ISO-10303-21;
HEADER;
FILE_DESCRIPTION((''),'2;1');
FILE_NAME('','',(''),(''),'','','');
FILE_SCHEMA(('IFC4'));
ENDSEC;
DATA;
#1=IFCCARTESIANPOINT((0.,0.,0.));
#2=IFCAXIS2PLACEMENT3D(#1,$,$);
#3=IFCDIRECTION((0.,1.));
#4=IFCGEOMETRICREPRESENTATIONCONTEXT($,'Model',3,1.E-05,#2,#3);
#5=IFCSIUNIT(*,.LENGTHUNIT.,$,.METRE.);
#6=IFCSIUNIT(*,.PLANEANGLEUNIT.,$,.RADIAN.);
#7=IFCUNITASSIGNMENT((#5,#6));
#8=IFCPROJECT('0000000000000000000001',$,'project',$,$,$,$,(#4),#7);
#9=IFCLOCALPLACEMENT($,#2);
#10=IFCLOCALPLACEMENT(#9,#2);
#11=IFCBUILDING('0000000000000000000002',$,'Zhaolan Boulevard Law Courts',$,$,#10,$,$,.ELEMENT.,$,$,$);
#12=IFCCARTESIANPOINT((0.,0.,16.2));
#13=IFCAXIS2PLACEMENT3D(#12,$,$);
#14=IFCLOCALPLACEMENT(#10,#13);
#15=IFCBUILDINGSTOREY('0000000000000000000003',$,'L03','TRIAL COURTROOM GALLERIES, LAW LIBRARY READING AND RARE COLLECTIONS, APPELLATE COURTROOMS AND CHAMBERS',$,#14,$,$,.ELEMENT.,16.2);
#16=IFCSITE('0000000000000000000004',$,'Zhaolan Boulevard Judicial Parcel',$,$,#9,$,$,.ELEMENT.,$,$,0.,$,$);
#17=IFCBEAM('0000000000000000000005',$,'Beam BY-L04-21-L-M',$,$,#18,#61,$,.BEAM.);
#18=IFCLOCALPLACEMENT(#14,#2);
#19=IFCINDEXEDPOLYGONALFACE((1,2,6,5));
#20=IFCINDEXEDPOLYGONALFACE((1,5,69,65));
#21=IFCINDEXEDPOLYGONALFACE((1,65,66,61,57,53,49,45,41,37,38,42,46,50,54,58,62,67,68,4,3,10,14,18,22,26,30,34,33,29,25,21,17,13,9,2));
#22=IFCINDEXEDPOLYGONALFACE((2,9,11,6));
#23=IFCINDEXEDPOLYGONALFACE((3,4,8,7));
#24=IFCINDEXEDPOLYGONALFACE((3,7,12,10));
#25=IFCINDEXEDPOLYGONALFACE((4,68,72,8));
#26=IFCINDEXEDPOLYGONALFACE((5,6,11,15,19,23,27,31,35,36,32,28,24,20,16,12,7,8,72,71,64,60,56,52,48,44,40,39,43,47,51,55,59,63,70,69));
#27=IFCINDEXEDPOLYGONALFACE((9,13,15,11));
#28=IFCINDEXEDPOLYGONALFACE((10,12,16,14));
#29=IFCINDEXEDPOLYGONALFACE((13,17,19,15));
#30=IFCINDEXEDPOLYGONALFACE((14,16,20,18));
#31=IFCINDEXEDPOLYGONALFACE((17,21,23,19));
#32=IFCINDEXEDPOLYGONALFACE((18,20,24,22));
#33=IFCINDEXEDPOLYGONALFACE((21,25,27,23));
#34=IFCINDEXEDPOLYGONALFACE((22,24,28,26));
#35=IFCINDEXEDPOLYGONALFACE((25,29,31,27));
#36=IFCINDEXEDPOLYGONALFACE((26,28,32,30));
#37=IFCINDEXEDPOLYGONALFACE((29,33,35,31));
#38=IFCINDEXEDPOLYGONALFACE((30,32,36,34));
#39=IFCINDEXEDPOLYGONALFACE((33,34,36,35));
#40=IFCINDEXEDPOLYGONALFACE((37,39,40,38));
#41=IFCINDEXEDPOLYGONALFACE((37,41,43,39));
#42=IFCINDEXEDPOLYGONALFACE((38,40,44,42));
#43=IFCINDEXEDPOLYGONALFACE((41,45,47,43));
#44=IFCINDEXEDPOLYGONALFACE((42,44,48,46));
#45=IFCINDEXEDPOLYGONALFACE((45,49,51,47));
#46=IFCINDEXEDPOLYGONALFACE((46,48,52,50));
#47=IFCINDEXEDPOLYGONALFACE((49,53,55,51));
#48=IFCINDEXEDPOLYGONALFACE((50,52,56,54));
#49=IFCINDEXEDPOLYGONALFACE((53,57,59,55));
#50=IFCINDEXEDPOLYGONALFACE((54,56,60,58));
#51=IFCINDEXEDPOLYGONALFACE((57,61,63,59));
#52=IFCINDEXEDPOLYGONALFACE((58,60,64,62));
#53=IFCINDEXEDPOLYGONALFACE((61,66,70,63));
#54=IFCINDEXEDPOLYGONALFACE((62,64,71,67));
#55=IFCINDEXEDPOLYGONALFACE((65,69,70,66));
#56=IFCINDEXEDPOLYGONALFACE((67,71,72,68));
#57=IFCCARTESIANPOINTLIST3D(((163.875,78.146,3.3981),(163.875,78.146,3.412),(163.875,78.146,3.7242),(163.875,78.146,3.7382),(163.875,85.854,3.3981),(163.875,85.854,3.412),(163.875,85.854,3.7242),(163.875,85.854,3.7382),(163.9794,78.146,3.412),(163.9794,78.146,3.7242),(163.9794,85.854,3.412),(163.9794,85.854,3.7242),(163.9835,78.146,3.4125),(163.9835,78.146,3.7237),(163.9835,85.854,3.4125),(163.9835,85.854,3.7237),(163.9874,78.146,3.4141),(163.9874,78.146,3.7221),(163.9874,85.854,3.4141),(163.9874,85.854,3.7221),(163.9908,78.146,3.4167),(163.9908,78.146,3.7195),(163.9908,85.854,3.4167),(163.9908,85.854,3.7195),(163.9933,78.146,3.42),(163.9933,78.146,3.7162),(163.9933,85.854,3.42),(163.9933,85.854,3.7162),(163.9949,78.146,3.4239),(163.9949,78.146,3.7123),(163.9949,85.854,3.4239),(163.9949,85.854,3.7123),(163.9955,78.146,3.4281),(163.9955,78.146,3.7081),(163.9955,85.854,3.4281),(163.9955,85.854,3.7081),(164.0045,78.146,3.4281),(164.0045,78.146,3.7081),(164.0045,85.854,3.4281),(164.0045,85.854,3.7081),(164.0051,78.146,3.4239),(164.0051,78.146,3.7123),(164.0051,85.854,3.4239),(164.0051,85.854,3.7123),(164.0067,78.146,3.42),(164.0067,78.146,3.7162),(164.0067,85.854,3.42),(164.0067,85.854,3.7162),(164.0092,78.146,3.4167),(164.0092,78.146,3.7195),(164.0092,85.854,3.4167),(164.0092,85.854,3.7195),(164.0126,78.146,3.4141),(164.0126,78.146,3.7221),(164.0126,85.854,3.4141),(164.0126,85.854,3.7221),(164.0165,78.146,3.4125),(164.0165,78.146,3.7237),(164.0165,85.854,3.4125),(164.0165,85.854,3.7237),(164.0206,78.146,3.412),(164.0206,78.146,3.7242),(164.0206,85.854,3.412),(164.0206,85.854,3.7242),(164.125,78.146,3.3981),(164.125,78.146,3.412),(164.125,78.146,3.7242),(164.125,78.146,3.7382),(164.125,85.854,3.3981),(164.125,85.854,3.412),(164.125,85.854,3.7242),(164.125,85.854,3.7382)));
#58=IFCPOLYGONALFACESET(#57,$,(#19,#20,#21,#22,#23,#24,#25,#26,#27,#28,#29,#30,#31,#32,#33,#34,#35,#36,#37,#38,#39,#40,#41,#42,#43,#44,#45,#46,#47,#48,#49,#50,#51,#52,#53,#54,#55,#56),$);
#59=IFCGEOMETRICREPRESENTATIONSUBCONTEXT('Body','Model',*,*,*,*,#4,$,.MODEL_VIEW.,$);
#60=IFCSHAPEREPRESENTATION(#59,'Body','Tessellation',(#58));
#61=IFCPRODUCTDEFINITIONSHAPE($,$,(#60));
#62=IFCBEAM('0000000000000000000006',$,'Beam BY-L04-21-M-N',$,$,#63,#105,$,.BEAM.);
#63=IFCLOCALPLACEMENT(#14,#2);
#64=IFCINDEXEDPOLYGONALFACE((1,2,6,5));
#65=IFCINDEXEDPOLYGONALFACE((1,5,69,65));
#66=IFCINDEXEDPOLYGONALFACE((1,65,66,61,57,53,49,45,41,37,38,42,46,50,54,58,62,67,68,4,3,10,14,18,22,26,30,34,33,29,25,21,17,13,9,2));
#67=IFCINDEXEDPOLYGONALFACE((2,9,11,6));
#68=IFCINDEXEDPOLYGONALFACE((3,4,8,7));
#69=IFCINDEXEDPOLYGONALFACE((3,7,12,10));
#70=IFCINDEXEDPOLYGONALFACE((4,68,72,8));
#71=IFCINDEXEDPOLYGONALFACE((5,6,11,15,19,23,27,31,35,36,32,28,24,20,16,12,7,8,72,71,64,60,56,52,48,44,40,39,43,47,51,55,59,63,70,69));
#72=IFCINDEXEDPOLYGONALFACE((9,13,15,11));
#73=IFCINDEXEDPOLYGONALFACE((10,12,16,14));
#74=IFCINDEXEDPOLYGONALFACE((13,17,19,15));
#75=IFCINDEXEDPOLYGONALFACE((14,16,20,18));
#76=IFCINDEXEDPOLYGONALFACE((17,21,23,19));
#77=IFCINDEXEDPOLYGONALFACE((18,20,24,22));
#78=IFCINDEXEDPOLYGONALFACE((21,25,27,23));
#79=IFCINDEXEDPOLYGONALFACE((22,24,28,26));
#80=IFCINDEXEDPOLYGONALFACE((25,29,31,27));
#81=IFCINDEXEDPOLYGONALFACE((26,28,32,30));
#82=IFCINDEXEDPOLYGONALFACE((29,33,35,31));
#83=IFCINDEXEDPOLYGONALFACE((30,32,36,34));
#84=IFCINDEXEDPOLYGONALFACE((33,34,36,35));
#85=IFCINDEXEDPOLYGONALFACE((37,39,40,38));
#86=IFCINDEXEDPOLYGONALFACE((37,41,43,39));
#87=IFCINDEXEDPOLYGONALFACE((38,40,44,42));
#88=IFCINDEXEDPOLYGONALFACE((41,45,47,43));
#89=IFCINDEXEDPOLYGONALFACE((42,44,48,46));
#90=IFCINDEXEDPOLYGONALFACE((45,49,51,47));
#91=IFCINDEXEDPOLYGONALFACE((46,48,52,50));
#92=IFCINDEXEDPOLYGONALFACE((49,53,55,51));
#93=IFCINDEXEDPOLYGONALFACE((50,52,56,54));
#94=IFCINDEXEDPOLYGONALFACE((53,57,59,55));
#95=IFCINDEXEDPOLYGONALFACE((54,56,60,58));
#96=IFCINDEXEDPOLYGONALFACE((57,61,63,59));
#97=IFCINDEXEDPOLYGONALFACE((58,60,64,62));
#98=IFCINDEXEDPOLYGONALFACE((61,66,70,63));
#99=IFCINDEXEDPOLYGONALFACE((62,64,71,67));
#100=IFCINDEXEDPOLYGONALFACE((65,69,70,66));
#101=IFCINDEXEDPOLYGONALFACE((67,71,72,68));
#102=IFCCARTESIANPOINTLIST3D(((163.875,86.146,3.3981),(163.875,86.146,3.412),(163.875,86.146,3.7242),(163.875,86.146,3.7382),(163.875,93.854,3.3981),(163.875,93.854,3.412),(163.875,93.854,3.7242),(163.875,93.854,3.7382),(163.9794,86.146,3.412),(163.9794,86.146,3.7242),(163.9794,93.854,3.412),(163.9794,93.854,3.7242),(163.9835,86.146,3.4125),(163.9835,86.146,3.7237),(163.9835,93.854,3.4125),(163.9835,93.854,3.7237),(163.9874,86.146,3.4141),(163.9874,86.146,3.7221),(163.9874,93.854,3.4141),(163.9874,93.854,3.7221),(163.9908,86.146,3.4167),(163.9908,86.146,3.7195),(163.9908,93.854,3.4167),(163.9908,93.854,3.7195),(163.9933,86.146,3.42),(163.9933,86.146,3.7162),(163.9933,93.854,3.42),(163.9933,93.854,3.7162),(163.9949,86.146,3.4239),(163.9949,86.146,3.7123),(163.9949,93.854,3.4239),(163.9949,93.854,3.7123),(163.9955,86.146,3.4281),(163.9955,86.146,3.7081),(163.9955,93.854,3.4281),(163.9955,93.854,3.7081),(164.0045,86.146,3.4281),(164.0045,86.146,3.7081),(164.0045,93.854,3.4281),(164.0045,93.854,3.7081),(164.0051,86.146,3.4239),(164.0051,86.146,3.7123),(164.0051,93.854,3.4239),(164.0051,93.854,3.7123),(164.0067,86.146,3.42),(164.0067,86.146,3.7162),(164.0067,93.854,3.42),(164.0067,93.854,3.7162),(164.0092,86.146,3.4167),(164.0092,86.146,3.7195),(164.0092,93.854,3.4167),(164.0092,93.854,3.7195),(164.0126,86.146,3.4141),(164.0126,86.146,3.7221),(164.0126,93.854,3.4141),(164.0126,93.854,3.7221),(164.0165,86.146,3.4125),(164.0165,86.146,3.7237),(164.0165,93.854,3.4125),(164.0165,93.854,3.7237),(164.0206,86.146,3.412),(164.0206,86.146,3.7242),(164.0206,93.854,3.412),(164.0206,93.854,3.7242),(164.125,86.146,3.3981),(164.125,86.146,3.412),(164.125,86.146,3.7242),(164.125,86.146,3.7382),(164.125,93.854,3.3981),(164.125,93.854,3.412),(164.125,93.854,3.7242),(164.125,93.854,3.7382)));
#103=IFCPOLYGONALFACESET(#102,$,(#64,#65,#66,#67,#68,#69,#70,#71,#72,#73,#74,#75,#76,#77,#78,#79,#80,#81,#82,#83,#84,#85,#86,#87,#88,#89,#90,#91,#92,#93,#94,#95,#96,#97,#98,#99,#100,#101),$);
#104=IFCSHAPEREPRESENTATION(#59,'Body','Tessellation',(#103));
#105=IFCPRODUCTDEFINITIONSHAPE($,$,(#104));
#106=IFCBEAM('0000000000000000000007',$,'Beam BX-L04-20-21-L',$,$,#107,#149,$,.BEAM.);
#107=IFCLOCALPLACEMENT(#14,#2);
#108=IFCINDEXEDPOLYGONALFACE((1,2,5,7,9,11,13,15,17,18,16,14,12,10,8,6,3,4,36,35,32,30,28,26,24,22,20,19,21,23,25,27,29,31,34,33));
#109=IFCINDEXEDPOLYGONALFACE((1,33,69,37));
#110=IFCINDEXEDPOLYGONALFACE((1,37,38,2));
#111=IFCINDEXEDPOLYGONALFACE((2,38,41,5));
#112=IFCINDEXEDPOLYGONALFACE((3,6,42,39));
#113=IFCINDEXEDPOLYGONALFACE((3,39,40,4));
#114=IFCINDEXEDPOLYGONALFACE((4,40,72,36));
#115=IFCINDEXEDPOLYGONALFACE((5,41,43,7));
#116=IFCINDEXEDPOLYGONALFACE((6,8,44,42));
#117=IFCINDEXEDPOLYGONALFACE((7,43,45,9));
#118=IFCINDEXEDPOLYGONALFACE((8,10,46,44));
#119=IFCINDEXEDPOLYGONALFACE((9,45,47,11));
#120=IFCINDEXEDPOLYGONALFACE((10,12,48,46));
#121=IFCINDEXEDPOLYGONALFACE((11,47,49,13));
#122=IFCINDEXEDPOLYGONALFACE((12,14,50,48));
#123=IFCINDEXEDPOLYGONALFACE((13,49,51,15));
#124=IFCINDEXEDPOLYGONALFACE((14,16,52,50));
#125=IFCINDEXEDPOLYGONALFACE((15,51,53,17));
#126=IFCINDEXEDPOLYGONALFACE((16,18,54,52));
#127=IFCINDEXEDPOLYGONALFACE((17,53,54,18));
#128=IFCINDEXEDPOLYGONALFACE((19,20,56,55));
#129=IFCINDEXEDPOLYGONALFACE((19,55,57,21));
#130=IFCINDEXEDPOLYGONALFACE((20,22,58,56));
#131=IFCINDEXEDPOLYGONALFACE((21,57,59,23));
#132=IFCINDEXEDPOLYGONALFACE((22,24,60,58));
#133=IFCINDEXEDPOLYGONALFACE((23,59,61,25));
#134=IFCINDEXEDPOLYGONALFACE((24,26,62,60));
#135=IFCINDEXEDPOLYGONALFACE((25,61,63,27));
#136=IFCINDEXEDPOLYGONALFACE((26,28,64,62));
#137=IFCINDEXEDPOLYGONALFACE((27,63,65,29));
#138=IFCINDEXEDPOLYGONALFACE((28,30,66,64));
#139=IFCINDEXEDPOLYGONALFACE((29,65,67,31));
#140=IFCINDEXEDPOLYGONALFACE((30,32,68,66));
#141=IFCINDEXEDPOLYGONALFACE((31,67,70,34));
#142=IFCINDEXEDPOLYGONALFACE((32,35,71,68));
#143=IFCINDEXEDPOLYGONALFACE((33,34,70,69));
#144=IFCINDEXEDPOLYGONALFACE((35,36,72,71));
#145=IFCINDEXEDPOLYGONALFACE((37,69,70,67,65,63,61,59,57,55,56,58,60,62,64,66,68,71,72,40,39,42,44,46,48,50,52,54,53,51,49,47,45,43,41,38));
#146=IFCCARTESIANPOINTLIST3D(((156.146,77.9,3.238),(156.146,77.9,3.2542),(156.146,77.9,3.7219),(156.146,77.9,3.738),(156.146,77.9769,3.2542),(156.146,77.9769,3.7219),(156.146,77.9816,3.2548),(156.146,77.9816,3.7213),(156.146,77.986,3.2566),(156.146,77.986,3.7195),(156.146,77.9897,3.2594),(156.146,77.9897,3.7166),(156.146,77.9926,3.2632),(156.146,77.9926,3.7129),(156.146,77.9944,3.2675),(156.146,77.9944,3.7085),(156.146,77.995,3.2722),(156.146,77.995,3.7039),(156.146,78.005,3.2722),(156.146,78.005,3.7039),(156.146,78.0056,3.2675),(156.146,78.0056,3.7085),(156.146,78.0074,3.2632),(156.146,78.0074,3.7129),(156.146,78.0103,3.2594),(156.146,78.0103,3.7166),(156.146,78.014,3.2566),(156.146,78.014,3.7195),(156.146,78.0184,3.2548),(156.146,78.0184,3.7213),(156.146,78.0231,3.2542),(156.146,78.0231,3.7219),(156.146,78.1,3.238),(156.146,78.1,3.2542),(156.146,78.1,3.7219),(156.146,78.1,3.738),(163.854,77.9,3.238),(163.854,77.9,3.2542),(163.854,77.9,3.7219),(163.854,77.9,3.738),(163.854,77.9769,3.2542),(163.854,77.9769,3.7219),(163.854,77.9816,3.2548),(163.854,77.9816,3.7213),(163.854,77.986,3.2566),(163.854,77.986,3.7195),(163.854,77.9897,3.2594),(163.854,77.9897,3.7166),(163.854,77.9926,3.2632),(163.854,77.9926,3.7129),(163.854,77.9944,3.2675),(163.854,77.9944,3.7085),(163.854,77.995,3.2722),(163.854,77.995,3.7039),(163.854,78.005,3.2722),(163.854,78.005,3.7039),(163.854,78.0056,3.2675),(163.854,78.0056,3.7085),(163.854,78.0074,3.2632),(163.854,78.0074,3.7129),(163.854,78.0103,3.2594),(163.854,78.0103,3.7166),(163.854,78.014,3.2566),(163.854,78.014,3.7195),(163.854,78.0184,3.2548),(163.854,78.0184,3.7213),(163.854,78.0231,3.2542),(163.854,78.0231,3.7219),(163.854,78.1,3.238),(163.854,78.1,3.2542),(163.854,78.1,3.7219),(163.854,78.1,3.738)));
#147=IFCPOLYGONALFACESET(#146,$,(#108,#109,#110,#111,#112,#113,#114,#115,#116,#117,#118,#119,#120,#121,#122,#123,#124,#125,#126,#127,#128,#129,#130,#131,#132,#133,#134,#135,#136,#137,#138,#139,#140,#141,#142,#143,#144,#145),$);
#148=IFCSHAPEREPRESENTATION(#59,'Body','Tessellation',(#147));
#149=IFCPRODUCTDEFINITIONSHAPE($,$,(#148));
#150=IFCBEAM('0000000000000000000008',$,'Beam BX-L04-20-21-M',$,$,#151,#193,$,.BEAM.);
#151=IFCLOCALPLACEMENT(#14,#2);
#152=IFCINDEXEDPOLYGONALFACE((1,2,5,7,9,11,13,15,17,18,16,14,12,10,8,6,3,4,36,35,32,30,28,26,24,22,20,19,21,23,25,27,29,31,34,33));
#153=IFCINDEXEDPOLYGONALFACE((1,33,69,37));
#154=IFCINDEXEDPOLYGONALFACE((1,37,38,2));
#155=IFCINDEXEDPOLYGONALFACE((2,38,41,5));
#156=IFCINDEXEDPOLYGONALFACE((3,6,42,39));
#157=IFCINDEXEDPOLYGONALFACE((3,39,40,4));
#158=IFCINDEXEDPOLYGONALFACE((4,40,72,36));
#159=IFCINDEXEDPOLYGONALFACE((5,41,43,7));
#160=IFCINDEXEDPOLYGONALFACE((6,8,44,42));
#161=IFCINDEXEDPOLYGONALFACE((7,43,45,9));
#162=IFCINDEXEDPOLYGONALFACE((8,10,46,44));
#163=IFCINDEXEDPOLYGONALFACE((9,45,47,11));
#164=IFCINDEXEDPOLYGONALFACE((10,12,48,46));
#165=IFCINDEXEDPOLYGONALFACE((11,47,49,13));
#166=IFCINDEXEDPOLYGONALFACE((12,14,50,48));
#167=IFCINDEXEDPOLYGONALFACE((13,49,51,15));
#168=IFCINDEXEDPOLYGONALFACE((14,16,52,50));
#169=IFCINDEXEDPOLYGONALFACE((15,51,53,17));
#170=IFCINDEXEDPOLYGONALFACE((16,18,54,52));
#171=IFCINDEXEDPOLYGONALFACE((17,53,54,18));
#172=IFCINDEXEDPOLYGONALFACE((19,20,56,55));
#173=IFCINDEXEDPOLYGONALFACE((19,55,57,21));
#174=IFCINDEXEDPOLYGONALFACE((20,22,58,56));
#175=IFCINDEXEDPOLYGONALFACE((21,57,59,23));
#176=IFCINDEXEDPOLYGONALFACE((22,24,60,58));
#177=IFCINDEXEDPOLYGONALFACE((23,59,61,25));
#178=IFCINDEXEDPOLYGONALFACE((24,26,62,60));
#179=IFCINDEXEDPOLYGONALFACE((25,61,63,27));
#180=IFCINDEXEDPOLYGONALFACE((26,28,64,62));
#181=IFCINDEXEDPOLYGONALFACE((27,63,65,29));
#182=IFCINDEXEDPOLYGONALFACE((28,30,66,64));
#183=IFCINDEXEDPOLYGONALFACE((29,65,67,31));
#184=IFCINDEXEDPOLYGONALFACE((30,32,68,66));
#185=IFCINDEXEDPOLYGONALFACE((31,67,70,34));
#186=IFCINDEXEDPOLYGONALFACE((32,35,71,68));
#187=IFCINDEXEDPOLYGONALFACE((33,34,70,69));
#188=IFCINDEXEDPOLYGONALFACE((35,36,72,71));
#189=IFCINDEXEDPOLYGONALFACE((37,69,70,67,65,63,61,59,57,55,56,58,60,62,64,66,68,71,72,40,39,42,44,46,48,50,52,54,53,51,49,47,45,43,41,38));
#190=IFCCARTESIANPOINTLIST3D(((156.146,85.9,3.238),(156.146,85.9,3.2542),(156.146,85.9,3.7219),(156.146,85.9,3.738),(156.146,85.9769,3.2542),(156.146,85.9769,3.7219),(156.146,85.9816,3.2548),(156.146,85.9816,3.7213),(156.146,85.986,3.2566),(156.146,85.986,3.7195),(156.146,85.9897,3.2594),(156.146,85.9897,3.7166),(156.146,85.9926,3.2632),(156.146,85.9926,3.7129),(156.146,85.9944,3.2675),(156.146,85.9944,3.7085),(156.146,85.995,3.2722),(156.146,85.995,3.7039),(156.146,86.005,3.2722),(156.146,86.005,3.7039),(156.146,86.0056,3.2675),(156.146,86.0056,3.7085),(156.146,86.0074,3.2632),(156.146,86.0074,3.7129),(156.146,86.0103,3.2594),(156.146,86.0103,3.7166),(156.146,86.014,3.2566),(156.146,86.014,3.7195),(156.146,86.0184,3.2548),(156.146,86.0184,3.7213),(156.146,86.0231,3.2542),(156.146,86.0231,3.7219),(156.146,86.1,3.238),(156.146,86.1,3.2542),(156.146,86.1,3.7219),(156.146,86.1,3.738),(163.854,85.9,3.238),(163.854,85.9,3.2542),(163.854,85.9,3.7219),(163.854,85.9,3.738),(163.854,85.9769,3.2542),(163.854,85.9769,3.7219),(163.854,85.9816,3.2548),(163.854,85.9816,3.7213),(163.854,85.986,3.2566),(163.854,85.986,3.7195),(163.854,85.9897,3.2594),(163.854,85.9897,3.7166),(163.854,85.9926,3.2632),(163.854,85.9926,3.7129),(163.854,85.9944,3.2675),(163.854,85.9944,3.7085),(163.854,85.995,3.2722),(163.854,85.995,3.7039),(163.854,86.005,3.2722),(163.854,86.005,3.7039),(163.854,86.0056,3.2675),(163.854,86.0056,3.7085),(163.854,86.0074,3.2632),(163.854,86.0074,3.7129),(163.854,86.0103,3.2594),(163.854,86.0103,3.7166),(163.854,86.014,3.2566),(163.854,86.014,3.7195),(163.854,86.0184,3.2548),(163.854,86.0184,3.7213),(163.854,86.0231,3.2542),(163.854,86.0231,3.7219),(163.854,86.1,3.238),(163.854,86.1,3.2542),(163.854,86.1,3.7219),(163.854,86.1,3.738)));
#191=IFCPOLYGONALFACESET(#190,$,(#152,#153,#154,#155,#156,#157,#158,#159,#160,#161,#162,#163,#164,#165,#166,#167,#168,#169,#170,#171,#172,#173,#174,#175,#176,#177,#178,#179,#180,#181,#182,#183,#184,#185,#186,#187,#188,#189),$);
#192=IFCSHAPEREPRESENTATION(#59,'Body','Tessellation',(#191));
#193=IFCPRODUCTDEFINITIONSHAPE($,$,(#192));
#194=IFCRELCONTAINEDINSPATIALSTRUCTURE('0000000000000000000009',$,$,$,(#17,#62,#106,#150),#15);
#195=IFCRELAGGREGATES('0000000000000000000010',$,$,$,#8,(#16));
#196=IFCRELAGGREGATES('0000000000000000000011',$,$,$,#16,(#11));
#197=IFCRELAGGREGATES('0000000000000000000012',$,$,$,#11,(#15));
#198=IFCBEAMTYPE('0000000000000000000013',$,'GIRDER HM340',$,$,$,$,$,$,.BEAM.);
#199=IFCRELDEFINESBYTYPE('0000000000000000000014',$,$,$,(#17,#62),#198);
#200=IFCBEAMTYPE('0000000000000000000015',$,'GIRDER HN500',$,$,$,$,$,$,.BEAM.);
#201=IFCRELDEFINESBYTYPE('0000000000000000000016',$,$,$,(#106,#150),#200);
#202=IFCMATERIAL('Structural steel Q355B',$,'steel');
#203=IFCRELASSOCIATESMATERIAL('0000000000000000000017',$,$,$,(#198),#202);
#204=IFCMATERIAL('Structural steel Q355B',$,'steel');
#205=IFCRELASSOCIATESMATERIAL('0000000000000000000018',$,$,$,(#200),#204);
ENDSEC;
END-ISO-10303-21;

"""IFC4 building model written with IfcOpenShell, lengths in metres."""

from ifc_helpers import new_model, si_unit, direction, frame, origin, origin_2d, place, context, subcontext, project, spatial, i_section, extrude, material, material_profile, profile_set, type_object, element, save


model = new_model("IFC4")

# Units and contexts
model_context = context("Model", 3, precision=1e-05, world=origin(), true_north=direction((0.0, 1.0)))
body_context = subcontext(model_context, "Body", "Model", "MODEL_VIEW")
ifc_project = project(units=[si_unit("LENGTHUNIT", "METRE"), si_unit("PLANEANGLEUNIT", "RADIAN")], contexts=[model_context])

# Site, building, storey
site_placement = place(None, origin())
site = spatial("IfcSite", under=ifc_project, at=site_placement, Name="Zhaolan Boulevard Judicial Parcel", CompositionType="ELEMENT", RefElevation=0.0)
building_placement = place(site_placement, origin())
building = spatial("IfcBuilding", under=site, at=building_placement, Name="Zhaolan Boulevard Law Courts", CompositionType="ELEMENT")
storey_placement = place(building_placement, frame((0.0, 0.0, 16.2)))
storey = spatial("IfcBuildingStorey", under=building, at=storey_placement, Name="L03", Description="TRIAL COURTROOM GALLERIES, LAW LIBRARY READING AND RARE COLLECTIONS, APPELLATE COURTROOMS AND CHAMBERS", CompositionType="ELEMENT", Elevation=16.2)

# Beams
ifc_material_1 = material(Name="Structural steel Q355B", Category="steel")
ifc_material_profile_1 = material_profile(ifc_material_1, i_section(OverallWidth=0.25, OverallDepth=0.3401, WebThickness=0.009, FlangeThickness=0.0139, FilletRadius=0.0161, at=origin_2d()), Name="HM340x250")
ifc_profile_set_1 = profile_set([ifc_material_profile_1], Name="Structural steel Q355B")
beam_type_1 = type_object("IfcBeamType", Name="GIRDER HM340", PredefinedType="BEAM", material=ifc_profile_set_1)
for number, where, z_axis, x_axis, name in (
    (1, (164.0, 78.146, 3.5681), (0.0, 1.0, 0.0), (-1.0, 0.0, 0.0), "Beam BY-L04-21-L-M"),
    (2, (164.0, 86.146, 3.5681), (0.0, 1.0, 0.0), (-1.0, 0.0, 0.0), "Beam BY-L04-21-M-N"),
):
    element("IfcBeam", number, at=place(storey_placement, frame(where, z_axis=z_axis, x_axis=x_axis)), inside=storey, type_object=beam_type_1, Name=name, PredefinedType="BEAM", context=body_context, shape_type="SweptSolid", body=[
        extrude(i_section(OverallWidth=0.25, OverallDepth=0.3401, WebThickness=0.009, FlangeThickness=0.0139, FilletRadius=0.0161, at=origin_2d()), origin(), (0.0, 0.0, 1.0), 7.708),
    ])
ifc_material_2 = material(Name="Structural steel Q355B", Category="steel")
ifc_material_profile_2 = material_profile(ifc_material_2, i_section(OverallWidth=0.2, OverallDepth=0.5, WebThickness=0.01, FlangeThickness=0.0161, FilletRadius=0.0181, at=origin_2d()), Name="HN500x200")
ifc_profile_set_2 = profile_set([ifc_material_profile_2], Name="Structural steel Q355B")
beam_type_2 = type_object("IfcBeamType", Name="GIRDER HN500", PredefinedType="BEAM", material=ifc_profile_set_2)
for number, where, z_axis, x_axis, name in (
    (3, (156.146, 78.0, 3.488), (1.0, 0.0, 0.0), (0.0, 1.0, 0.0), "Beam BX-L04-20-21-L"),
    (4, (156.146, 86.0, 3.488), (1.0, 0.0, 0.0), (0.0, 1.0, 0.0), "Beam BX-L04-20-21-M"),
):
    element("IfcBeam", number, at=place(storey_placement, frame(where, z_axis=z_axis, x_axis=x_axis)), inside=storey, type_object=beam_type_2, Name=name, PredefinedType="BEAM", context=body_context, shape_type="SweptSolid", body=[
        extrude(i_section(OverallWidth=0.2, OverallDepth=0.5, WebThickness=0.01, FlangeThickness=0.0161, FilletRadius=0.0181, at=origin_2d()), origin(), (0.0, 0.0, 1.0), 7.708),
    ])

save(model, "model.ifc")
